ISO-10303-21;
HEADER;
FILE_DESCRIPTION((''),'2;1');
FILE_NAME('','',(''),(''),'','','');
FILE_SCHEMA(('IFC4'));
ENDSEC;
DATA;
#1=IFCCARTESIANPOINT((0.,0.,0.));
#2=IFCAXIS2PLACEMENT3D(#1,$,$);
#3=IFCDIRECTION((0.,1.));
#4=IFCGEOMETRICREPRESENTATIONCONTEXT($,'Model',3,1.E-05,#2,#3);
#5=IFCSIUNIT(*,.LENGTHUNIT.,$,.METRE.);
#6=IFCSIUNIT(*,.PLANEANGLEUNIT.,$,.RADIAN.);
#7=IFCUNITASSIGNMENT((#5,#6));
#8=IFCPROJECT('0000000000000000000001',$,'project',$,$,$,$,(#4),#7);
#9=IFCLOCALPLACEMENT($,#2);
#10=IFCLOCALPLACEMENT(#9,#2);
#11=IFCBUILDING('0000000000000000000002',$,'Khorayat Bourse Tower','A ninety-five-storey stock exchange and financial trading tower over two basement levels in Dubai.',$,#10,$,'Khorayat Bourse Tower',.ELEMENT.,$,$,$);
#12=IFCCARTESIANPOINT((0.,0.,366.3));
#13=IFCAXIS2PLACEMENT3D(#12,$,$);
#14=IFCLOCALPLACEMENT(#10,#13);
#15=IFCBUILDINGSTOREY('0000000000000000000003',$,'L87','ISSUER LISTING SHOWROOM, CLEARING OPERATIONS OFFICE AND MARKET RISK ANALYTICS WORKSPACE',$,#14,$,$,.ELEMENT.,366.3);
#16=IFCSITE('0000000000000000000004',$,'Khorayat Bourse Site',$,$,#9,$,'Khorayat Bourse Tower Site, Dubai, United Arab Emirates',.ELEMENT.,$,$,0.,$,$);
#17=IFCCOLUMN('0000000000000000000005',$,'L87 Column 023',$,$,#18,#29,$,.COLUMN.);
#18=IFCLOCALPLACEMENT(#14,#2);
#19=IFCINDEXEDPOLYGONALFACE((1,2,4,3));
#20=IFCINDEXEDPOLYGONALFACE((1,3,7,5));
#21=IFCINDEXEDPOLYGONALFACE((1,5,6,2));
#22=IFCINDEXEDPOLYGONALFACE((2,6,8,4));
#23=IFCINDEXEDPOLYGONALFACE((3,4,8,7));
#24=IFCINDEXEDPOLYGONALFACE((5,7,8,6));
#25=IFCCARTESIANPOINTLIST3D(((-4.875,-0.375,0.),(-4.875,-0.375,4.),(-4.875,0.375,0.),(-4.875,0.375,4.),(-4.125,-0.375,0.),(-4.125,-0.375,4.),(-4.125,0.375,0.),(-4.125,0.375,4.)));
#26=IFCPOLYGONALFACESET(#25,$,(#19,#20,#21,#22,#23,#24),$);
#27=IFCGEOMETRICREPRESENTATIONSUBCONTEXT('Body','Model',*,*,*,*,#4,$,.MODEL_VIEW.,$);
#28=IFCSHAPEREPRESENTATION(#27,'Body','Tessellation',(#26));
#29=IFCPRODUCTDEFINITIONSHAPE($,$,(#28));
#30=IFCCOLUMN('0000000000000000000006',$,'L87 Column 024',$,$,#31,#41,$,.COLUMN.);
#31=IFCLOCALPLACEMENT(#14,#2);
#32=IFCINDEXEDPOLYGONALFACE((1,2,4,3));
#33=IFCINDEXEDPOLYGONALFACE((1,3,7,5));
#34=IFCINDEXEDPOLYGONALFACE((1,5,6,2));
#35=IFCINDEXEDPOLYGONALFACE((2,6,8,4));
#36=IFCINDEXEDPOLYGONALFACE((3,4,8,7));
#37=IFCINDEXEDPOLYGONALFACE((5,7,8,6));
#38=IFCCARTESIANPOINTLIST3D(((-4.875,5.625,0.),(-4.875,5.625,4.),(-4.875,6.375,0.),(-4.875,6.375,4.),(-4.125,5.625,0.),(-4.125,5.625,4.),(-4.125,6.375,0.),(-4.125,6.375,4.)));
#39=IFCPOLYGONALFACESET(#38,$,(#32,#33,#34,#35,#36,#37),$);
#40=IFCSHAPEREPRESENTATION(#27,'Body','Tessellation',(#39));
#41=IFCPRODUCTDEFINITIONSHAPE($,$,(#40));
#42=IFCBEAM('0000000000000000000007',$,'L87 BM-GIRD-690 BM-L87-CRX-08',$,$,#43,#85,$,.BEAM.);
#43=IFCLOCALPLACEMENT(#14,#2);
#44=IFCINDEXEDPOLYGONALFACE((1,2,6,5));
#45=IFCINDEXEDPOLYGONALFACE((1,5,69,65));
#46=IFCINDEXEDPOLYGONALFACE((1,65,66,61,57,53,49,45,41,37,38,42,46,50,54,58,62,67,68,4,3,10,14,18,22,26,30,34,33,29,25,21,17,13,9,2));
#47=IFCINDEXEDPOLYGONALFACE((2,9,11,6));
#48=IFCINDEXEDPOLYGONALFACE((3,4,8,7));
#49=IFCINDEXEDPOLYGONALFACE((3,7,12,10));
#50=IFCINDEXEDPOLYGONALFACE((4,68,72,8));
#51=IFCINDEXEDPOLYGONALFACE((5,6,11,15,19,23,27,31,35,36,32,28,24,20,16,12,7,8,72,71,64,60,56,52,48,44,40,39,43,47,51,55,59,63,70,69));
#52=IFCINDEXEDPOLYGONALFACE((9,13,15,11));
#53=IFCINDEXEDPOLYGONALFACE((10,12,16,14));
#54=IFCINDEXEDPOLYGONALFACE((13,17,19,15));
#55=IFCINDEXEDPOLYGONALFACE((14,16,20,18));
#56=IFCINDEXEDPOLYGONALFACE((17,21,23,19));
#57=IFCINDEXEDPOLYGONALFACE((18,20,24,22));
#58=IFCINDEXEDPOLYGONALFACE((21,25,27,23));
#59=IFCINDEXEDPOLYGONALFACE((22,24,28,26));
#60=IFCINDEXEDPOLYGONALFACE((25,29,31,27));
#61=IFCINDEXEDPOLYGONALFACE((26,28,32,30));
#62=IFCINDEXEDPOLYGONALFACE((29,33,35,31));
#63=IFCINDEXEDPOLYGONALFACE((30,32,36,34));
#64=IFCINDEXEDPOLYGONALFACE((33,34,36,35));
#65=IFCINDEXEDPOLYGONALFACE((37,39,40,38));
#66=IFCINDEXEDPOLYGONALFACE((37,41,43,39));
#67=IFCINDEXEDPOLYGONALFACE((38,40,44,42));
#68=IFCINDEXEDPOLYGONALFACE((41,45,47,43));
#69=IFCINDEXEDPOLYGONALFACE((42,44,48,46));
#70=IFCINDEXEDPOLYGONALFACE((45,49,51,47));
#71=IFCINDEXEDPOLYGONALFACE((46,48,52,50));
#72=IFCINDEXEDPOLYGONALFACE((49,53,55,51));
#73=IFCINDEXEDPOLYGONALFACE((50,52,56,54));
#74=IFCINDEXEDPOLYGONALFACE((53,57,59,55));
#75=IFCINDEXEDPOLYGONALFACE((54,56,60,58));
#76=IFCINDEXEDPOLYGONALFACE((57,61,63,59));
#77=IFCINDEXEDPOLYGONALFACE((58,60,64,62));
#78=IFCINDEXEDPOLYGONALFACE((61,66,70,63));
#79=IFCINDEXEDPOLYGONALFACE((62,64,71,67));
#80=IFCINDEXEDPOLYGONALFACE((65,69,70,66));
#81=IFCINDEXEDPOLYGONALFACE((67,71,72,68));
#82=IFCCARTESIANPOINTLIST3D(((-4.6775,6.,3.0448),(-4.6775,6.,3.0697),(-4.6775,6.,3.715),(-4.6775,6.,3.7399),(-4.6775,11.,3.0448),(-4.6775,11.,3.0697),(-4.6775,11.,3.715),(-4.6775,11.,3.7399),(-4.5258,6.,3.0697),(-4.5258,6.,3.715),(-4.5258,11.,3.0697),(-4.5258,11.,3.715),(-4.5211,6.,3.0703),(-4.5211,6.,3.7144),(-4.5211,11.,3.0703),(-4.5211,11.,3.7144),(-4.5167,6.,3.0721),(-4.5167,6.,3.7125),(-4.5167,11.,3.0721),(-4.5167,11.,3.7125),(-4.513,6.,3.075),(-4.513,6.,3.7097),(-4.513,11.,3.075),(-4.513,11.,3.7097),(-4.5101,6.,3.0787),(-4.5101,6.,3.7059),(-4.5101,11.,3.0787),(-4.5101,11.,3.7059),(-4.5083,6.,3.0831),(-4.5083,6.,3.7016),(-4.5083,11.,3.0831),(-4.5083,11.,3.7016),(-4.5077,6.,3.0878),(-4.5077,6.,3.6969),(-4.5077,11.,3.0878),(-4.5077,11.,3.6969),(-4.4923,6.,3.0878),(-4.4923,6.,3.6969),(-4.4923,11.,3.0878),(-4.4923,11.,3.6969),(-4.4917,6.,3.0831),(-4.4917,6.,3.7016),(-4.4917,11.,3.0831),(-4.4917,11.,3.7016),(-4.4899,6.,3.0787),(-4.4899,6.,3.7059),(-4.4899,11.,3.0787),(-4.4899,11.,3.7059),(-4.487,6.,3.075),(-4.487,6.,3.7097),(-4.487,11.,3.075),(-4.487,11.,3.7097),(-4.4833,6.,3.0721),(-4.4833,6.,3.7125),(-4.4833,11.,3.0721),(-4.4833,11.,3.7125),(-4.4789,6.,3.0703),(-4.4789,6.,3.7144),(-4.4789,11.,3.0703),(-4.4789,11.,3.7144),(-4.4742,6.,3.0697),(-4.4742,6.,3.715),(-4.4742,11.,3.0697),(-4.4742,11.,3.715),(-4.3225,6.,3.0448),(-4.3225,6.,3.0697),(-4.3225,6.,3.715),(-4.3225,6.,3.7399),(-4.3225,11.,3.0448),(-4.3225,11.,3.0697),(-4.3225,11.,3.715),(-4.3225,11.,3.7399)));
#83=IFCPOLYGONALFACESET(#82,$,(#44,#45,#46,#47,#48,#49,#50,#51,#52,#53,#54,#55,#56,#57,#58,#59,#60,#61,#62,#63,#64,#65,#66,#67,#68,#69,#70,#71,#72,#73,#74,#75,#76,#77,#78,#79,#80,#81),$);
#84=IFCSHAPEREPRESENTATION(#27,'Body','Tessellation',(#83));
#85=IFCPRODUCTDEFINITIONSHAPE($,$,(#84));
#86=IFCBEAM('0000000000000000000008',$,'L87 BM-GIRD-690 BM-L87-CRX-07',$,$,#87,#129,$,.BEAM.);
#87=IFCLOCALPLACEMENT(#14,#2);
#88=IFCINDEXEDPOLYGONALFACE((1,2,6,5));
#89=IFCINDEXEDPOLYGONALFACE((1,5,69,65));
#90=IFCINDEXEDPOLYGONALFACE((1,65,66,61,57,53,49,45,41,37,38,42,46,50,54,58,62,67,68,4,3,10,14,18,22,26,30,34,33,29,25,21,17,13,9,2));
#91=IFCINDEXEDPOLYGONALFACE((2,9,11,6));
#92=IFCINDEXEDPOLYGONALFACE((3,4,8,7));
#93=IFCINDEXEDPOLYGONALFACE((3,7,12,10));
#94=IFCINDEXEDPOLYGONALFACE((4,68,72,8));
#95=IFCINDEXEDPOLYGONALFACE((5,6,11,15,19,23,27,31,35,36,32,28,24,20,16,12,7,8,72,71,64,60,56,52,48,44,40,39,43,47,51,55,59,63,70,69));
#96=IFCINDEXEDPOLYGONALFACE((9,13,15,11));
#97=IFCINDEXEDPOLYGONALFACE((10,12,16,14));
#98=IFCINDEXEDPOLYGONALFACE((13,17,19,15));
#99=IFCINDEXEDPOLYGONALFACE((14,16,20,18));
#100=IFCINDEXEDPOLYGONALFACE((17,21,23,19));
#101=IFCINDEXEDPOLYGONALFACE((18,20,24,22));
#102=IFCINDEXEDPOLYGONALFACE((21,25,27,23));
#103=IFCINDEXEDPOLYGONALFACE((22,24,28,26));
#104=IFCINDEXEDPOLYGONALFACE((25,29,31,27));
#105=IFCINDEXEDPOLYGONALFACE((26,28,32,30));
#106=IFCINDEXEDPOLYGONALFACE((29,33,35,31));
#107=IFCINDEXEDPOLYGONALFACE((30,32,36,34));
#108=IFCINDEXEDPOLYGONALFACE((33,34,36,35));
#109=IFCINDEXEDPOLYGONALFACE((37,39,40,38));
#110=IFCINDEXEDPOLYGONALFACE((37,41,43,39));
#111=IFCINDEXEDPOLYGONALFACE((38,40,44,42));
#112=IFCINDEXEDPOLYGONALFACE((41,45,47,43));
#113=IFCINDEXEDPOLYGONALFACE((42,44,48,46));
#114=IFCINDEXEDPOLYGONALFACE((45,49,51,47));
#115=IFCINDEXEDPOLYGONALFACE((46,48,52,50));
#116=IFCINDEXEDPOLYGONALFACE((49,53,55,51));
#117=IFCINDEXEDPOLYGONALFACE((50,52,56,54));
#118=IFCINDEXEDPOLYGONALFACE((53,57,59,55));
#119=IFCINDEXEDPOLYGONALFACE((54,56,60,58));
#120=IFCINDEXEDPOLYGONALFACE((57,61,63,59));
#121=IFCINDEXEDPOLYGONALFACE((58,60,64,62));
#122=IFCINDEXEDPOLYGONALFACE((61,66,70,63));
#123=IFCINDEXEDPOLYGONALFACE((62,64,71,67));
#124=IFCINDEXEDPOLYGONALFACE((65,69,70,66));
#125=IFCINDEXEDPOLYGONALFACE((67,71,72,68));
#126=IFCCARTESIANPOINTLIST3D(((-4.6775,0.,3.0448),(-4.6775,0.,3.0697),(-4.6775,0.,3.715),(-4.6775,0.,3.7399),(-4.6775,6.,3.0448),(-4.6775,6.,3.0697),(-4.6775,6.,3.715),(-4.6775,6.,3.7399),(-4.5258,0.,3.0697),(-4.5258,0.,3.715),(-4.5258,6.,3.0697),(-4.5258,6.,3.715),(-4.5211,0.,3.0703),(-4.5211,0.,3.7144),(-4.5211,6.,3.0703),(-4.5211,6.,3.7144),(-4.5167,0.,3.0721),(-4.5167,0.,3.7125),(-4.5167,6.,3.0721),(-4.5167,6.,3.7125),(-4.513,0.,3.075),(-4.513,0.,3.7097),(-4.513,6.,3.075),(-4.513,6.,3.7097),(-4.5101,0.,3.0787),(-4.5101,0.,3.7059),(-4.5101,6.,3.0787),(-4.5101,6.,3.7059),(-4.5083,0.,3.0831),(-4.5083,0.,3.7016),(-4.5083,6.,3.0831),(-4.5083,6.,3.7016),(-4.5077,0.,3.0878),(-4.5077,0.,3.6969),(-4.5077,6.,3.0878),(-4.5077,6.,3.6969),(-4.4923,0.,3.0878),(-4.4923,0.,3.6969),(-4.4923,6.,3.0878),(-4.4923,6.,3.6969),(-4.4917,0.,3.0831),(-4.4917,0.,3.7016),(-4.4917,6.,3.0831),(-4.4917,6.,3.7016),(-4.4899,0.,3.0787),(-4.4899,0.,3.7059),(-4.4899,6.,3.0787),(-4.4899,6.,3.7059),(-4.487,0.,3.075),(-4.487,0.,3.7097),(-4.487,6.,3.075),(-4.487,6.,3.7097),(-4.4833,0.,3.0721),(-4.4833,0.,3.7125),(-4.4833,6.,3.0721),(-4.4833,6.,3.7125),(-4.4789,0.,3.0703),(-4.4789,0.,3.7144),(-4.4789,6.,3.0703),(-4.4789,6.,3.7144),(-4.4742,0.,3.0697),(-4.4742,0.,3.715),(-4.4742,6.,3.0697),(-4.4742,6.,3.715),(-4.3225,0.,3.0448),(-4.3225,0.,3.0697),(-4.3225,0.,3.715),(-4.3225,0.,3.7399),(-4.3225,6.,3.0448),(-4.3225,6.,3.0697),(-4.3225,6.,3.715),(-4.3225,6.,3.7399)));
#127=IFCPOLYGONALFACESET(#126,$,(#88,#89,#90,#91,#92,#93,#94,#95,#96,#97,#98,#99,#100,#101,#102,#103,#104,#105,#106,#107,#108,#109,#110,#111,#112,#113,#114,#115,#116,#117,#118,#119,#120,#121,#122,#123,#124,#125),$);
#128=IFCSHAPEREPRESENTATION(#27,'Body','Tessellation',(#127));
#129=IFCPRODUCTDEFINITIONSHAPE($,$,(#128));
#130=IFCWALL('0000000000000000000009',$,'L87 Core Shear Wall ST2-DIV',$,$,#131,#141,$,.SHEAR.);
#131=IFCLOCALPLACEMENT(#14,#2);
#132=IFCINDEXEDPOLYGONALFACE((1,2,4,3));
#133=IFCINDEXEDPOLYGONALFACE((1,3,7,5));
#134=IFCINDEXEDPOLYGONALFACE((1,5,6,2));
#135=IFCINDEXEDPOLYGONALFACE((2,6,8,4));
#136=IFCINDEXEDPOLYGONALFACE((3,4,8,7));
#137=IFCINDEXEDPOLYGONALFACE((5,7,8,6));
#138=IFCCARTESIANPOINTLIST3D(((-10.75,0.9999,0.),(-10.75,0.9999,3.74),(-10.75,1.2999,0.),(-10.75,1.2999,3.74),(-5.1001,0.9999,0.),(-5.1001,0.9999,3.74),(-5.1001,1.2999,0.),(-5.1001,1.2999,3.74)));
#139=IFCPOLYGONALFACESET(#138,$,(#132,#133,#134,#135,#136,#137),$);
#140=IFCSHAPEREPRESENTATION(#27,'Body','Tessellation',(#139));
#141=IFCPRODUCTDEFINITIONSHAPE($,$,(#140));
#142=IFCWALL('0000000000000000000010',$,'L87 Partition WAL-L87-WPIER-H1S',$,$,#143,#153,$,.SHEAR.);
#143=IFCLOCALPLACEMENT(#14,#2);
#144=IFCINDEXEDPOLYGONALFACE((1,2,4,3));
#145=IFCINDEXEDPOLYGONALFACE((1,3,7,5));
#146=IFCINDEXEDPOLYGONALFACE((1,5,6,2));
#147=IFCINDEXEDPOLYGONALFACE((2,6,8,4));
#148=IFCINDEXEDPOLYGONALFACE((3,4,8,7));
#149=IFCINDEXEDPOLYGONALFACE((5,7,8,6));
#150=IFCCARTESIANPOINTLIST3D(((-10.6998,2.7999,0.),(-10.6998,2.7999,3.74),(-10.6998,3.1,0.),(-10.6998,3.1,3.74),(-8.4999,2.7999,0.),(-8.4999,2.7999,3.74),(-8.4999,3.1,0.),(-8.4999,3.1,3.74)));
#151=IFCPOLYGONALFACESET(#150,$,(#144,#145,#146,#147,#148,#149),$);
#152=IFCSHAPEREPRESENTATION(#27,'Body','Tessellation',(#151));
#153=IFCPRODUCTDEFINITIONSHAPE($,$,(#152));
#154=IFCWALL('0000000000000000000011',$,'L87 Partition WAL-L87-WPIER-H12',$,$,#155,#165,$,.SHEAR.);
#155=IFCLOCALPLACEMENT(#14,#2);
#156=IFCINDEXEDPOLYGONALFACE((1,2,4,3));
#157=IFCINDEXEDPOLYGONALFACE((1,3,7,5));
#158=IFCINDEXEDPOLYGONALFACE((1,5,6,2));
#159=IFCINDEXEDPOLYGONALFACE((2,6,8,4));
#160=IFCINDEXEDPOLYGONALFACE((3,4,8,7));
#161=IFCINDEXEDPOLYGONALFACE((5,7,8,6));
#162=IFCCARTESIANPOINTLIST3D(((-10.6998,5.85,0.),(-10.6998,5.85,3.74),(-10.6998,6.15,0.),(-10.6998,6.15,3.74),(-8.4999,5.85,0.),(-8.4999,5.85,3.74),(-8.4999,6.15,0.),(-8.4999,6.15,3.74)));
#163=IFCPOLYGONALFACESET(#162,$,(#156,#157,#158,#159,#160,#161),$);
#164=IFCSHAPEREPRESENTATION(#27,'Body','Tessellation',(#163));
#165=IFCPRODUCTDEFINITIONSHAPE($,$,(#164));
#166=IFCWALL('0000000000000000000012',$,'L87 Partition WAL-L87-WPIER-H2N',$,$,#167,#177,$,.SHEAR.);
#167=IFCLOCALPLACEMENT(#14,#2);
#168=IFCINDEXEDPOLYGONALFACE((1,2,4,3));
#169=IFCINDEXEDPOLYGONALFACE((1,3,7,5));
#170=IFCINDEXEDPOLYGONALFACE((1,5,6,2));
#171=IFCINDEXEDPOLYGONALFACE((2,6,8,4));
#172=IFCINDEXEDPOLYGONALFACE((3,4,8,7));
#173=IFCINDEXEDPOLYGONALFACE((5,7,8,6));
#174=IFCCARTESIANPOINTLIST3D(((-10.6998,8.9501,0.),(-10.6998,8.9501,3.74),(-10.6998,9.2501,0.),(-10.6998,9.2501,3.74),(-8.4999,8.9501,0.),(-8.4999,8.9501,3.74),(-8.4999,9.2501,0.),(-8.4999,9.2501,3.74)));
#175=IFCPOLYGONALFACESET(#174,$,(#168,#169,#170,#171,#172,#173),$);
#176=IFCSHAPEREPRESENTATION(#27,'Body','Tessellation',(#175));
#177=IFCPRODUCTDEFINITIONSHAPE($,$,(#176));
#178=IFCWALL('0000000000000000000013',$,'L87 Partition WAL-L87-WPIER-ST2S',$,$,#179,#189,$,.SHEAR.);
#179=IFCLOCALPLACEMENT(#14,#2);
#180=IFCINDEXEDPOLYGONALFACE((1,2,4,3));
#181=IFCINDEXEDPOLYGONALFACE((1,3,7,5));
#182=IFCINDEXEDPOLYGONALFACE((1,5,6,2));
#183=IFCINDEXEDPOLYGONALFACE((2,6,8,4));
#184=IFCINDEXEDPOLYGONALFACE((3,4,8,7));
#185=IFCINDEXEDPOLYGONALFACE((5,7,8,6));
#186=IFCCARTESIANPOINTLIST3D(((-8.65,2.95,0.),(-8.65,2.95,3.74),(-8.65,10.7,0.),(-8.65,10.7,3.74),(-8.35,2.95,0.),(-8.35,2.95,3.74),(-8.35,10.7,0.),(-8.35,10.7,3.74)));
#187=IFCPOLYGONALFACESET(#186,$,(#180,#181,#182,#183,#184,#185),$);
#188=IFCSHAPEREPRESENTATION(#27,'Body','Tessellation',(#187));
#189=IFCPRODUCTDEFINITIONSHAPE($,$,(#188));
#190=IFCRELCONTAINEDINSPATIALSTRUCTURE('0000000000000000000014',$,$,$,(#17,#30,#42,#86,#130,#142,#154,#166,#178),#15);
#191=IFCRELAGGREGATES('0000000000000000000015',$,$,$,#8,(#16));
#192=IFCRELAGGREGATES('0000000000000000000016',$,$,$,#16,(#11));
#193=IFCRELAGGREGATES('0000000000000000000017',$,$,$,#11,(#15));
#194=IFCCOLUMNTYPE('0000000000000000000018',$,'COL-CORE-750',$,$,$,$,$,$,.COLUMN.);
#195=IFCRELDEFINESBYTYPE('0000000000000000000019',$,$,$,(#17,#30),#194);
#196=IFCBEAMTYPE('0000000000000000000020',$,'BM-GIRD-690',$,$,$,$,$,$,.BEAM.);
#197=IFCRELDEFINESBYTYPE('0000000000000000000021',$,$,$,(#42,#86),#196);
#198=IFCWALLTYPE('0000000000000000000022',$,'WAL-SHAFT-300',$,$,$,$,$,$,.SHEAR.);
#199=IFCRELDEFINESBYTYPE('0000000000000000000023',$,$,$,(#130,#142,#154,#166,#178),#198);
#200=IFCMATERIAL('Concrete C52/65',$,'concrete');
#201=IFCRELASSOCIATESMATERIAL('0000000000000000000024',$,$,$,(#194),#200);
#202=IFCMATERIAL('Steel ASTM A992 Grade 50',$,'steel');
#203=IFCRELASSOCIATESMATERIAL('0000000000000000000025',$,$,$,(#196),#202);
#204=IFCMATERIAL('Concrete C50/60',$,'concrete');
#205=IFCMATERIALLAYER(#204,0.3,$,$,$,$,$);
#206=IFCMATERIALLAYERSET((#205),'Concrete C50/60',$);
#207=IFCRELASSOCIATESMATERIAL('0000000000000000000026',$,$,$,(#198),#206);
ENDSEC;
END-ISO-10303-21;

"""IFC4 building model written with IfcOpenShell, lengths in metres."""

from ifc_helpers import new_model, si_unit, direction, frame, frame_2d, origin, origin_2d, place, context, subcontext, project, spatial, rectangle, i_section, extrude, source, transform, mapped, material, layer, layer_set, material_profile, profile_set, type_object, element, save


model = new_model("IFC4")

# Units and contexts
model_context = context("Model", 3, precision=1e-05, world=origin(), true_north=direction((0.0, 1.0)))
body_context = subcontext(model_context, "Body", "Model", "MODEL_VIEW")
ifc_project = project(units=[si_unit("LENGTHUNIT", "METRE"), si_unit("PLANEANGLEUNIT", "RADIAN")], contexts=[model_context])

# Site, building, storey
site_placement = place(None, origin())
site = spatial("IfcSite", under=ifc_project, at=site_placement, Name="Khorayat Bourse Site", LongName="Khorayat Bourse Tower Site, Dubai, United Arab Emirates", CompositionType="ELEMENT", RefElevation=0.0)
building_placement = place(site_placement, origin())
building = spatial("IfcBuilding", under=site, at=building_placement, Name="Khorayat Bourse Tower", Description="A ninety-five-storey stock exchange and financial trading tower over two basement levels in Dubai.", LongName="Khorayat Bourse Tower", CompositionType="ELEMENT")
storey_placement = place(building_placement, frame((0.0, 0.0, 366.3)))
storey = spatial("IfcBuildingStorey", under=building, at=storey_placement, Name="L87", Description="ISSUER LISTING SHOWROOM, CLEARING OPERATIONS OFFICE AND MARKET RISK ANALYTICS WORKSPACE", CompositionType="ELEMENT", Elevation=366.3)

# Columns
ifc_material_1 = material(Name="Concrete C52/65", Category="concrete")
ifc_material_profile_1 = material_profile(ifc_material_1, rectangle(XDim=0.75, YDim=0.75, at=origin_2d()), Name="RC 750x750")
ifc_profile_set_1 = profile_set([ifc_material_profile_1], Name="Concrete C52/65")
column_type = type_object("IfcColumnType", Name="COL-CORE-750", PredefinedType="COLUMN", material=ifc_profile_set_1)
shared_shape_1 = source(origin(), body_context, "Body", "SweptSolid", [
    extrude(rectangle(XDim=0.75, YDim=0.75, at=origin_2d()), origin(), (0.0, 0.0, 1.0), 4.0),
])
for number, where, z_axis, x_axis, name in (
    (1, (-4.5, 0.0, 0.0), (0.0, 0.0, 1.0), (1.0, 0.0, 0.0), "L87 Column 023"),
    (2, (-4.5, 6.0, 0.0), (0.0, 0.0, 1.0), (1.0, 0.0, 0.0), "L87 Column 024"),
):
    element("IfcColumn", number, at=place(storey_placement, frame(where, z_axis=z_axis, x_axis=x_axis)), inside=storey, type_object=column_type, Name=name, PredefinedType="COLUMN", context=body_context, shape_type="MappedRepresentation", body=[
        mapped(shared_shape_1, transform((0.0, 0.0, 0.0), scale=1.0)),
    ])

# Beams
ifc_material_2 = material(Name="Steel ASTM A992 Grade 50", Category="steel")
ifc_material_profile_2 = material_profile(ifc_material_2, i_section(OverallWidth=0.355, OverallDepth=0.6951, WebThickness=0.0154, FlangeThickness=0.0249, FilletRadius=0.0181, at=origin_2d()), Name="W690X217")
ifc_profile_set_2 = profile_set([ifc_material_profile_2], Name="Steel ASTM A992 Grade 50")
beam_type = type_object("IfcBeamType", Name="BM-GIRD-690", PredefinedType="BEAM", material=ifc_profile_set_2)
shared_shape_2 = source(origin(), body_context, "Body", "SweptSolid", [
    extrude(i_section(OverallWidth=0.355, OverallDepth=0.6951, WebThickness=0.0154, FlangeThickness=0.0249, FilletRadius=0.0181, at=origin_2d()), origin(), (0.0, 0.0, 1.0), 5.0),
])
beam_1_placement = place(storey_placement, frame((-4.5, 6.0, 3.3923), z_axis=(0.0, 1.0, 0.0), x_axis=(-1.0, 0.0, 0.0)))
element("IfcBeam", 3, at=beam_1_placement, inside=storey, type_object=beam_type, Name="L87 BM-GIRD-690 BM-L87-CRX-08", PredefinedType="BEAM", context=body_context, shape_type="MappedRepresentation", body=[
    mapped(shared_shape_2, transform((0.0, 0.0, 0.0), scale=1.0)),
])
shared_shape_3 = source(origin(), body_context, "Body", "SweptSolid", [
    extrude(i_section(OverallWidth=0.355, OverallDepth=0.6951, WebThickness=0.0154, FlangeThickness=0.0249, FilletRadius=0.0181, at=origin_2d()), origin(), (0.0, 0.0, 1.0), 6.0),
])
beam_2_placement = place(storey_placement, frame((-4.5, 0.0, 3.3923), z_axis=(0.0, 1.0, 0.0), x_axis=(-1.0, 0.0, 0.0)))
element("IfcBeam", 4, at=beam_2_placement, inside=storey, type_object=beam_type, Name="L87 BM-GIRD-690 BM-L87-CRX-07", PredefinedType="BEAM", context=body_context, shape_type="MappedRepresentation", body=[
    mapped(shared_shape_3, transform((0.0, 0.0, 0.0), scale=1.0)),
])

# Walls
ifc_material_3 = material(Name="Concrete C50/60", Category="concrete")
ifc_layer_1 = layer(ifc_material_3, 0.3)
ifc_layer_set_1 = layer_set([ifc_layer_1], Name="Concrete C50/60")
wall_type_1 = type_object("IfcWallType", Name="WAL-SHAFT-300", PredefinedType="SHEAR", material=ifc_layer_set_1)
shared_shape_4 = source(origin(), body_context, "Body", "SweptSolid", [
    extrude(rectangle(XDim=5.6499, YDim=0.3, at=frame_2d((2.825, 0.0))), origin(), (0.0, 0.0, 1.0), 3.74),
])
wall_1_placement = place(storey_placement, frame((-10.75, 1.1499, 0.0), z_axis=(0.0, 0.0, 1.0), x_axis=(1.0, 0.0, 0.0)))
element("IfcWall", 5, at=wall_1_placement, inside=storey, type_object=wall_type_1, Name="L87 Core Shear Wall ST2-DIV", PredefinedType="SHEAR", context=body_context, shape_type="MappedRepresentation", body=[
    mapped(shared_shape_4, transform((0.0, 0.0, 0.0), scale=1.0)),
])
shared_shape_5 = source(origin(), body_context, "Body", "SweptSolid", [
    extrude(rectangle(XDim=2.2, YDim=0.3, at=frame_2d((1.1001, 0.0))), origin(), (0.0, 0.0, 1.0), 3.74),
])
for number, where, z_axis, x_axis, name in (
    (6, (-10.7, 2.95, 0.0), (0.0, 0.0, 1.0), (1.0, 0.0, 0.0), "L87 Partition WAL-L87-WPIER-H1S"),
    (7, (-10.7, 6.0, 0.0), (0.0, 0.0, 1.0), (1.0, 0.0, 0.0), "L87 Partition WAL-L87-WPIER-H12"),
    (8, (-10.7, 9.1001, 0.0), (0.0, 0.0, 1.0), (1.0, 0.0, 0.0), "L87 Partition WAL-L87-WPIER-H2N"),
):
    element("IfcWall", number, at=place(storey_placement, frame(where, z_axis=z_axis, x_axis=x_axis)), inside=storey, type_object=wall_type_1, Name=name, PredefinedType="SHEAR", context=body_context, shape_type="MappedRepresentation", body=[
        mapped(shared_shape_5, transform((0.0, 0.0, 0.0), scale=1.0)),
    ])
shared_shape_6 = source(origin(), body_context, "Body", "SweptSolid", [
    extrude(rectangle(XDim=7.75, YDim=0.3, at=frame_2d((3.875, 0.0))), origin(), (0.0, 0.0, 1.0), 3.74),
])
wall_2_placement = place(storey_placement, frame((-8.5, 2.95, 0.0), z_axis=(0.0, 0.0, 1.0), x_axis=(0.0, 1.0, 0.0)))
element("IfcWall", 9, at=wall_2_placement, inside=storey, type_object=wall_type_1, Name="L87 Partition WAL-L87-WPIER-ST2S", PredefinedType="SHEAR", context=body_context, shape_type="MappedRepresentation", body=[
    mapped(shared_shape_6, transform((0.0, 0.0, 0.0), scale=1.0)),
])

save(model, "model.ifc")
